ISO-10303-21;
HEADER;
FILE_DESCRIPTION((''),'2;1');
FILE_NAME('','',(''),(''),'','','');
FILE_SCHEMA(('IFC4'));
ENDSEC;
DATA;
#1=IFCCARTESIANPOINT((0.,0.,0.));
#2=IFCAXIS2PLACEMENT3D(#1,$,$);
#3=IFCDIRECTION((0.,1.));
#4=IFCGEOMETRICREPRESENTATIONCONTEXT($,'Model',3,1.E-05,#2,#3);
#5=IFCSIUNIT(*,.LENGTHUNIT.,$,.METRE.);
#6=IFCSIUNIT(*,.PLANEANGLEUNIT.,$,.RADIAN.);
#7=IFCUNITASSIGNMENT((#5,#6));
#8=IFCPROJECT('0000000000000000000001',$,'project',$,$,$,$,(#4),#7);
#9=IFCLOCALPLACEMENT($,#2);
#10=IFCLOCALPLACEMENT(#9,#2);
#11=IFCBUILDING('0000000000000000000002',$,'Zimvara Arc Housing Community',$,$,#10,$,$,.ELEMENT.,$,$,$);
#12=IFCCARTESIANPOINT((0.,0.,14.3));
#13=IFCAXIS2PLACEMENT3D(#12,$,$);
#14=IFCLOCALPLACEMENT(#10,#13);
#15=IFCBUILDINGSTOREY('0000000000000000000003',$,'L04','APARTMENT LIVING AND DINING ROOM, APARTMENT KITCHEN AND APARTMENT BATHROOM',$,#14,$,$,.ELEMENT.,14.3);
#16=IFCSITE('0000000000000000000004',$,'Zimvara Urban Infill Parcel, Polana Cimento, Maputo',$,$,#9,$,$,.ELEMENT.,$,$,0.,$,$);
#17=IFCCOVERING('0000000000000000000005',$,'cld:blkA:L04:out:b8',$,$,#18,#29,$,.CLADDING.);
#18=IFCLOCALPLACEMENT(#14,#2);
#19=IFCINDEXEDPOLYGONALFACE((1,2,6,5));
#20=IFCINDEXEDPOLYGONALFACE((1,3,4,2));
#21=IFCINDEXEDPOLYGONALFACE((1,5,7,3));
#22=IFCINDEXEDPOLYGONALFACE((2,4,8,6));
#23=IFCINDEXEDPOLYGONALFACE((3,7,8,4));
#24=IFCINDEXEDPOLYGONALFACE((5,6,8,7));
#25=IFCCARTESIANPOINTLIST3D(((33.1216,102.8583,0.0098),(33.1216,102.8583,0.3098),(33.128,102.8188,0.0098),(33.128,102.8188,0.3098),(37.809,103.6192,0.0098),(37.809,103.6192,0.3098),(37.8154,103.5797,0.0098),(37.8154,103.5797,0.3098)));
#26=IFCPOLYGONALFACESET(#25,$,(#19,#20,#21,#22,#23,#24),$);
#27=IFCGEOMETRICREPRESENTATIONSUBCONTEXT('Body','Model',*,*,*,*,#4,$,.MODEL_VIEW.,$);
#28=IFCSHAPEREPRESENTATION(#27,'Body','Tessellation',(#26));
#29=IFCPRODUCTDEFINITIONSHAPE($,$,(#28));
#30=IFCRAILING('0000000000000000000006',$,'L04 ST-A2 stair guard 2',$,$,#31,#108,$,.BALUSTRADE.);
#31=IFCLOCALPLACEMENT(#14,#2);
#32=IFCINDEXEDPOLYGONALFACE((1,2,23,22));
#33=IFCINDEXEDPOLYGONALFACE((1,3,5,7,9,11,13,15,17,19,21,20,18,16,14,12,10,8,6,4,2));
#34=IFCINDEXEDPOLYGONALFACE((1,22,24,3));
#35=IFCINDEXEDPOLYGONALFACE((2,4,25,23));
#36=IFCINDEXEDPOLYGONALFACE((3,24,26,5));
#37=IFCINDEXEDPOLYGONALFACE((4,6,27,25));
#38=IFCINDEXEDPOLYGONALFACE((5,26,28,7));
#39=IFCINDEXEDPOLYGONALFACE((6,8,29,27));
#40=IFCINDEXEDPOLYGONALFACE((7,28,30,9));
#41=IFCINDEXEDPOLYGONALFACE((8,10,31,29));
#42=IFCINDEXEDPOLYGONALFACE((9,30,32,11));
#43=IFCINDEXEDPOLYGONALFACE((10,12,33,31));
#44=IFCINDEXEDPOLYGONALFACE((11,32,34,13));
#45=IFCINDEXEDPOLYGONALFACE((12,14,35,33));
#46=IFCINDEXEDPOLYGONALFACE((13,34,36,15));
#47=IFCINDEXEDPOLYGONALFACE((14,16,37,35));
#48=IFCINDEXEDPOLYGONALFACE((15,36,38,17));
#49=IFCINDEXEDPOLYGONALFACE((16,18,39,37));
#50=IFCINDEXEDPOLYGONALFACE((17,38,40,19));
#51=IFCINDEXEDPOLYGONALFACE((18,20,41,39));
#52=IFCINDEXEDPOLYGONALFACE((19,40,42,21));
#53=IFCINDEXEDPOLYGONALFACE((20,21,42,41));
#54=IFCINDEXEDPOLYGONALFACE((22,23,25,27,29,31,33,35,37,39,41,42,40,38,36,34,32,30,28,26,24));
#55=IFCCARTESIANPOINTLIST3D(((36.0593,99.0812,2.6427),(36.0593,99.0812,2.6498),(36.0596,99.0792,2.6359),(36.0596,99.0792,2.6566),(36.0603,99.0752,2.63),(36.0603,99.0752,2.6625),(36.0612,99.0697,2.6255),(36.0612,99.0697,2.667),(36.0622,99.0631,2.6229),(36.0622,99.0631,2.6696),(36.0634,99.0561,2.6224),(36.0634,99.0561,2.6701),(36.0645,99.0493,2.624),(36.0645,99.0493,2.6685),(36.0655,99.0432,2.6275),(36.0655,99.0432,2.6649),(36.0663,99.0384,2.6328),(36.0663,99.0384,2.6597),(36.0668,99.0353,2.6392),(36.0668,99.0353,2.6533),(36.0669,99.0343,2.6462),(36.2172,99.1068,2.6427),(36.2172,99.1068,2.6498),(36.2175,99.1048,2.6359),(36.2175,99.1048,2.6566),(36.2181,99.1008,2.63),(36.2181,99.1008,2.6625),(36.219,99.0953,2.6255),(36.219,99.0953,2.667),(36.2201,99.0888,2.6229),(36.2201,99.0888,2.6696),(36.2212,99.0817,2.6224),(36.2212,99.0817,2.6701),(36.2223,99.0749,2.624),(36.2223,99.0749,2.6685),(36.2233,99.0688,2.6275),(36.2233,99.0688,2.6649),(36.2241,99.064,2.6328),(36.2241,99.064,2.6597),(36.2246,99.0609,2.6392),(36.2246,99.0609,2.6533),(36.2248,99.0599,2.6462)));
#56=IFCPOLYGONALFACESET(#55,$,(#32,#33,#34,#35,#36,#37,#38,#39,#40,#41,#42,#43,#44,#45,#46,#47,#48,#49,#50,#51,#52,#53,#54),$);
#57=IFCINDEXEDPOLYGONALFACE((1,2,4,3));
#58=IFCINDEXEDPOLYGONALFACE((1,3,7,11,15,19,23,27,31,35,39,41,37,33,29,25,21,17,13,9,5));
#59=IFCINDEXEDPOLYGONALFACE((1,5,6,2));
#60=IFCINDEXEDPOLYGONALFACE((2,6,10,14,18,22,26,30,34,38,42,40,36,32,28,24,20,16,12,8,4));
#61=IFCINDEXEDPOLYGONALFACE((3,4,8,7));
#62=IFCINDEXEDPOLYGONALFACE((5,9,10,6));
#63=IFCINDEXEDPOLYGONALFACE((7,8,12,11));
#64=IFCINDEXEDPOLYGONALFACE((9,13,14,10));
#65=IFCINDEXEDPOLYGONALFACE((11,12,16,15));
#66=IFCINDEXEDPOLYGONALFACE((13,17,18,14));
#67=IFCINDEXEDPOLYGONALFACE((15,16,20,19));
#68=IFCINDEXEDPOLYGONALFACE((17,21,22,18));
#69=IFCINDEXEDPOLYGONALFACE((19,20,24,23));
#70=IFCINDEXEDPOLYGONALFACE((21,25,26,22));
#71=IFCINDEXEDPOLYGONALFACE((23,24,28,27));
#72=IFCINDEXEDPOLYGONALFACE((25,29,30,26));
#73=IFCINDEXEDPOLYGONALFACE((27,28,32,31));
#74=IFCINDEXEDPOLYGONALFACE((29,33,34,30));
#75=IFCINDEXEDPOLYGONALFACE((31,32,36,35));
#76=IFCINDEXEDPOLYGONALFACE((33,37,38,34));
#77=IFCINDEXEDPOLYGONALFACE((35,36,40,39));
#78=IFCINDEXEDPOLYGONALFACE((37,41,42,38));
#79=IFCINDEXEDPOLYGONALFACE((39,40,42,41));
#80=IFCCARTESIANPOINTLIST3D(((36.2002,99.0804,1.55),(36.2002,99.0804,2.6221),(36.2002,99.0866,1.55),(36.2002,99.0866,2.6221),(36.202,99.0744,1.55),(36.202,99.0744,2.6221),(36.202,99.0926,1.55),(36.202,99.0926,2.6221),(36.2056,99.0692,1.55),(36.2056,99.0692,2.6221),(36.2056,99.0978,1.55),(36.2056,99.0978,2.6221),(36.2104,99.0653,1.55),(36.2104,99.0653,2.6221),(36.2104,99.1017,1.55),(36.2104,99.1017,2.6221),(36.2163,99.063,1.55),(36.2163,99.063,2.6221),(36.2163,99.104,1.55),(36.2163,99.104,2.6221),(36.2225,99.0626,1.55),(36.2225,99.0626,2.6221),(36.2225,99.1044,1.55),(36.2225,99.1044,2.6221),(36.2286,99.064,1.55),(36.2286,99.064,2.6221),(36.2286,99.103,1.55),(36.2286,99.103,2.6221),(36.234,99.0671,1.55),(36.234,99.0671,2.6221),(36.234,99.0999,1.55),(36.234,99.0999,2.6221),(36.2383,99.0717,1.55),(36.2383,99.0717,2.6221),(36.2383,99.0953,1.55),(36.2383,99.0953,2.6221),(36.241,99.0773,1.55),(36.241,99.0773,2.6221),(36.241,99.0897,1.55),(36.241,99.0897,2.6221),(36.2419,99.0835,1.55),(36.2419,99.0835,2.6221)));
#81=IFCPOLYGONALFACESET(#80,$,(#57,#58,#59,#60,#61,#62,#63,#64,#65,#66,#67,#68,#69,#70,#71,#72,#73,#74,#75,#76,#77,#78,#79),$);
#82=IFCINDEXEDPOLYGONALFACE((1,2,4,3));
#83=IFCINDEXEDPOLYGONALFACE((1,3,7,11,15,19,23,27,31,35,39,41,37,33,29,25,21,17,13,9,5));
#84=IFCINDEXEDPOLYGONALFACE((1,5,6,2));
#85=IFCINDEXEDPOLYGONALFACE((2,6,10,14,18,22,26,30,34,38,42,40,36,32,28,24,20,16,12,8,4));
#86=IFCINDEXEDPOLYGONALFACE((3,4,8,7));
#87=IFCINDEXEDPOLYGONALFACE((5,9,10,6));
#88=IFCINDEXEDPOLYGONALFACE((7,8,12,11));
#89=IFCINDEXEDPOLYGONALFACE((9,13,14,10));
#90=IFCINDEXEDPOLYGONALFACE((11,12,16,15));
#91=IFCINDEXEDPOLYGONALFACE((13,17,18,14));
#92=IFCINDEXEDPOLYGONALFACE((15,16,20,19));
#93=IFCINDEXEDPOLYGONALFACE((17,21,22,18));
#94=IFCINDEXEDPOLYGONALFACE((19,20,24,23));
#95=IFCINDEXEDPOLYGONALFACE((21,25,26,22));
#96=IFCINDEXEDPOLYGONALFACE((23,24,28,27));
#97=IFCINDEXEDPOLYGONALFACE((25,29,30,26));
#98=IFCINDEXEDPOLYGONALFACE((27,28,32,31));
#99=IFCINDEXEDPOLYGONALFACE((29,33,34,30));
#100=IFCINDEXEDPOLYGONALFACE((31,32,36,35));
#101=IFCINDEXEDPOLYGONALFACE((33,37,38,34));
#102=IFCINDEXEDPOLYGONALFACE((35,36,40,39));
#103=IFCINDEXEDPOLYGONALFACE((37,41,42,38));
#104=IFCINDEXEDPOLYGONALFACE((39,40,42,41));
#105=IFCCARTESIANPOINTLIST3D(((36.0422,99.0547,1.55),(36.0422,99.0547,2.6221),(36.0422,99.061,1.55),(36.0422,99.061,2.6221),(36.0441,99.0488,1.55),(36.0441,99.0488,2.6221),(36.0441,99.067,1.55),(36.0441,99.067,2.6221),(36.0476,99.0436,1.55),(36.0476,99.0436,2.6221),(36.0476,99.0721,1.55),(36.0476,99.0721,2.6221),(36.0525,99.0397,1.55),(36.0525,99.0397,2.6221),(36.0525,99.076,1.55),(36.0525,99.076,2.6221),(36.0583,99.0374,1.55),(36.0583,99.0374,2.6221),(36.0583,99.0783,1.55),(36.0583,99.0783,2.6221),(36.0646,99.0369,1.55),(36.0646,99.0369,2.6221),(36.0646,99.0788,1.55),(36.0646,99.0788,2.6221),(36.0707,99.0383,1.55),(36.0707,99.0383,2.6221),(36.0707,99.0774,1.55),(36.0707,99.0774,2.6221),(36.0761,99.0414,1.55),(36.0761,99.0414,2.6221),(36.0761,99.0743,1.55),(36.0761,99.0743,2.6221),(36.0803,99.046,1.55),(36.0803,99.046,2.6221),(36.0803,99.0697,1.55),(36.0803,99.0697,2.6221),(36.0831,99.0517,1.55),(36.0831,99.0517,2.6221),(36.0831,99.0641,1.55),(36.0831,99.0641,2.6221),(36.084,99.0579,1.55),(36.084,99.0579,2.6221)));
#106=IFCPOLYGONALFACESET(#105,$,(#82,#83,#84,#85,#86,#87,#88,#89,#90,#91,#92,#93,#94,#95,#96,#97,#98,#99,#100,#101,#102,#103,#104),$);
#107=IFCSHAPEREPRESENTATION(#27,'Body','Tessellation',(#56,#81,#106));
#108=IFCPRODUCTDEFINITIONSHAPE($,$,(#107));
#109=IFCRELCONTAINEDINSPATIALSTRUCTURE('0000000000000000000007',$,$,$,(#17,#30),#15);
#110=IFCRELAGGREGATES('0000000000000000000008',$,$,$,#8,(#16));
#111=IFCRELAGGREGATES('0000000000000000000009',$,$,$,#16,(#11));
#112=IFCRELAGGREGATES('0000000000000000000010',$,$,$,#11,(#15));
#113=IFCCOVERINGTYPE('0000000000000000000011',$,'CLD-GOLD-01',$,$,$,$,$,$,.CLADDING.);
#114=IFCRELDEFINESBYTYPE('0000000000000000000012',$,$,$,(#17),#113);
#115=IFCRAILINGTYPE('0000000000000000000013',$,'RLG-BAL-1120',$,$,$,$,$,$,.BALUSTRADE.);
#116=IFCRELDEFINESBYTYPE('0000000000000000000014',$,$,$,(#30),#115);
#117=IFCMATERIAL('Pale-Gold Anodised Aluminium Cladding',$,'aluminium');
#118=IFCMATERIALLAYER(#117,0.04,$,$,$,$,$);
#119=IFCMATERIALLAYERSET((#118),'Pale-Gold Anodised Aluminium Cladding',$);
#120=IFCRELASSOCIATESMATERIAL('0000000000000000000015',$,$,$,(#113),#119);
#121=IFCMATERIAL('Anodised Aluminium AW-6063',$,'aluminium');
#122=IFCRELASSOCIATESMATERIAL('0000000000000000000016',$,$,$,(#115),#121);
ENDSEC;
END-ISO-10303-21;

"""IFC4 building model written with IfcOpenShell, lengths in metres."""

from ifc_helpers import new_model, si_unit, direction, frame, origin, origin_2d, place, context, subcontext, project, spatial, rectangle, circle, extrude, material, layer, layer_set, type_object, element, save


model = new_model("IFC4")

# Units and contexts
model_context = context("Model", 3, precision=1e-05, world=origin(), true_north=direction((0.0, 1.0)))
body_context = subcontext(model_context, "Body", "Model", "MODEL_VIEW")
ifc_project = project(units=[si_unit("LENGTHUNIT", "METRE"), si_unit("PLANEANGLEUNIT", "RADIAN")], contexts=[model_context])

# Site, building, storey
site_placement = place(None, origin())
site = spatial("IfcSite", under=ifc_project, at=site_placement, Name="Zimvara Urban Infill Parcel, Polana Cimento, Maputo", CompositionType="ELEMENT", RefElevation=0.0)
building_placement = place(site_placement, origin())
building = spatial("IfcBuilding", under=site, at=building_placement, Name="Zimvara Arc Housing Community", CompositionType="ELEMENT")
storey_placement = place(building_placement, frame((0.0, 0.0, 14.3)))
storey = spatial("IfcBuildingStorey", under=building, at=storey_placement, Name="L04", Description="APARTMENT LIVING AND DINING ROOM, APARTMENT KITCHEN AND APARTMENT BATHROOM", CompositionType="ELEMENT", Elevation=14.3)

# Covering
ifc_material_1 = material(Name="Pale-Gold Anodised Aluminium Cladding", Category="aluminium")
ifc_layer_1 = layer(ifc_material_1, 0.04)
ifc_layer_set_1 = layer_set([ifc_layer_1], Name="Pale-Gold Anodised Aluminium Cladding")
covering_type = type_object("IfcCoveringType", Name="CLD-GOLD-01", PredefinedType="CLADDING", material=ifc_layer_set_1)
covering_placement = place(storey_placement, frame((35.4685, 103.219, 0.0098), z_axis=(0.0, 0.0, 1.0), x_axis=(0.98708, 0.160226, 0.0)))
element("IfcCovering", 1, at=covering_placement, inside=storey, type_object=covering_type, Name="cld:blkA:L04:out:b8", PredefinedType="CLADDING", context=body_context, shape_type="SweptSolid", body=[
    extrude(rectangle(XDim=4.7488, YDim=0.04, at=origin_2d()), origin(), (0.0, 0.0, 1.0), 0.3),
])

# Railing
ifc_material_2 = material(Name="Anodised Aluminium AW-6063", Category="aluminium")
railing_type = type_object("IfcRailingType", Name="RLG-BAL-1120", PredefinedType="BALUSTRADE", material=ifc_material_2)
railing_1_placement = place(storey_placement, frame((36.2209, 99.0835, 1.55)))
element("IfcRailing", 2, at=railing_1_placement, inside=storey, type_object=railing_type, Name="L04 ST-A2 stair guard 2", PredefinedType="BALUSTRADE", context=body_context, shape_type="SweptSolid", body=[
    extrude(circle(Radius=0.0239, at=origin_2d()), frame((0.0, 0.0, 1.0962), z_axis=(-0.987086, -0.160192, 0.0), x_axis=(0.160192, -0.987086, 0.0)), (0.0, 0.0, 1.0), 0.1599),
    extrude(circle(Radius=0.021, at=origin_2d()), origin(), (0.0, 0.0, 1.0), 1.072),
    extrude(circle(Radius=0.021, at=origin_2d()), frame((-0.158, -0.0256, 0.0)), (0.0, 0.0, 1.0), 1.072),
])

save(model, "model.ifc")
